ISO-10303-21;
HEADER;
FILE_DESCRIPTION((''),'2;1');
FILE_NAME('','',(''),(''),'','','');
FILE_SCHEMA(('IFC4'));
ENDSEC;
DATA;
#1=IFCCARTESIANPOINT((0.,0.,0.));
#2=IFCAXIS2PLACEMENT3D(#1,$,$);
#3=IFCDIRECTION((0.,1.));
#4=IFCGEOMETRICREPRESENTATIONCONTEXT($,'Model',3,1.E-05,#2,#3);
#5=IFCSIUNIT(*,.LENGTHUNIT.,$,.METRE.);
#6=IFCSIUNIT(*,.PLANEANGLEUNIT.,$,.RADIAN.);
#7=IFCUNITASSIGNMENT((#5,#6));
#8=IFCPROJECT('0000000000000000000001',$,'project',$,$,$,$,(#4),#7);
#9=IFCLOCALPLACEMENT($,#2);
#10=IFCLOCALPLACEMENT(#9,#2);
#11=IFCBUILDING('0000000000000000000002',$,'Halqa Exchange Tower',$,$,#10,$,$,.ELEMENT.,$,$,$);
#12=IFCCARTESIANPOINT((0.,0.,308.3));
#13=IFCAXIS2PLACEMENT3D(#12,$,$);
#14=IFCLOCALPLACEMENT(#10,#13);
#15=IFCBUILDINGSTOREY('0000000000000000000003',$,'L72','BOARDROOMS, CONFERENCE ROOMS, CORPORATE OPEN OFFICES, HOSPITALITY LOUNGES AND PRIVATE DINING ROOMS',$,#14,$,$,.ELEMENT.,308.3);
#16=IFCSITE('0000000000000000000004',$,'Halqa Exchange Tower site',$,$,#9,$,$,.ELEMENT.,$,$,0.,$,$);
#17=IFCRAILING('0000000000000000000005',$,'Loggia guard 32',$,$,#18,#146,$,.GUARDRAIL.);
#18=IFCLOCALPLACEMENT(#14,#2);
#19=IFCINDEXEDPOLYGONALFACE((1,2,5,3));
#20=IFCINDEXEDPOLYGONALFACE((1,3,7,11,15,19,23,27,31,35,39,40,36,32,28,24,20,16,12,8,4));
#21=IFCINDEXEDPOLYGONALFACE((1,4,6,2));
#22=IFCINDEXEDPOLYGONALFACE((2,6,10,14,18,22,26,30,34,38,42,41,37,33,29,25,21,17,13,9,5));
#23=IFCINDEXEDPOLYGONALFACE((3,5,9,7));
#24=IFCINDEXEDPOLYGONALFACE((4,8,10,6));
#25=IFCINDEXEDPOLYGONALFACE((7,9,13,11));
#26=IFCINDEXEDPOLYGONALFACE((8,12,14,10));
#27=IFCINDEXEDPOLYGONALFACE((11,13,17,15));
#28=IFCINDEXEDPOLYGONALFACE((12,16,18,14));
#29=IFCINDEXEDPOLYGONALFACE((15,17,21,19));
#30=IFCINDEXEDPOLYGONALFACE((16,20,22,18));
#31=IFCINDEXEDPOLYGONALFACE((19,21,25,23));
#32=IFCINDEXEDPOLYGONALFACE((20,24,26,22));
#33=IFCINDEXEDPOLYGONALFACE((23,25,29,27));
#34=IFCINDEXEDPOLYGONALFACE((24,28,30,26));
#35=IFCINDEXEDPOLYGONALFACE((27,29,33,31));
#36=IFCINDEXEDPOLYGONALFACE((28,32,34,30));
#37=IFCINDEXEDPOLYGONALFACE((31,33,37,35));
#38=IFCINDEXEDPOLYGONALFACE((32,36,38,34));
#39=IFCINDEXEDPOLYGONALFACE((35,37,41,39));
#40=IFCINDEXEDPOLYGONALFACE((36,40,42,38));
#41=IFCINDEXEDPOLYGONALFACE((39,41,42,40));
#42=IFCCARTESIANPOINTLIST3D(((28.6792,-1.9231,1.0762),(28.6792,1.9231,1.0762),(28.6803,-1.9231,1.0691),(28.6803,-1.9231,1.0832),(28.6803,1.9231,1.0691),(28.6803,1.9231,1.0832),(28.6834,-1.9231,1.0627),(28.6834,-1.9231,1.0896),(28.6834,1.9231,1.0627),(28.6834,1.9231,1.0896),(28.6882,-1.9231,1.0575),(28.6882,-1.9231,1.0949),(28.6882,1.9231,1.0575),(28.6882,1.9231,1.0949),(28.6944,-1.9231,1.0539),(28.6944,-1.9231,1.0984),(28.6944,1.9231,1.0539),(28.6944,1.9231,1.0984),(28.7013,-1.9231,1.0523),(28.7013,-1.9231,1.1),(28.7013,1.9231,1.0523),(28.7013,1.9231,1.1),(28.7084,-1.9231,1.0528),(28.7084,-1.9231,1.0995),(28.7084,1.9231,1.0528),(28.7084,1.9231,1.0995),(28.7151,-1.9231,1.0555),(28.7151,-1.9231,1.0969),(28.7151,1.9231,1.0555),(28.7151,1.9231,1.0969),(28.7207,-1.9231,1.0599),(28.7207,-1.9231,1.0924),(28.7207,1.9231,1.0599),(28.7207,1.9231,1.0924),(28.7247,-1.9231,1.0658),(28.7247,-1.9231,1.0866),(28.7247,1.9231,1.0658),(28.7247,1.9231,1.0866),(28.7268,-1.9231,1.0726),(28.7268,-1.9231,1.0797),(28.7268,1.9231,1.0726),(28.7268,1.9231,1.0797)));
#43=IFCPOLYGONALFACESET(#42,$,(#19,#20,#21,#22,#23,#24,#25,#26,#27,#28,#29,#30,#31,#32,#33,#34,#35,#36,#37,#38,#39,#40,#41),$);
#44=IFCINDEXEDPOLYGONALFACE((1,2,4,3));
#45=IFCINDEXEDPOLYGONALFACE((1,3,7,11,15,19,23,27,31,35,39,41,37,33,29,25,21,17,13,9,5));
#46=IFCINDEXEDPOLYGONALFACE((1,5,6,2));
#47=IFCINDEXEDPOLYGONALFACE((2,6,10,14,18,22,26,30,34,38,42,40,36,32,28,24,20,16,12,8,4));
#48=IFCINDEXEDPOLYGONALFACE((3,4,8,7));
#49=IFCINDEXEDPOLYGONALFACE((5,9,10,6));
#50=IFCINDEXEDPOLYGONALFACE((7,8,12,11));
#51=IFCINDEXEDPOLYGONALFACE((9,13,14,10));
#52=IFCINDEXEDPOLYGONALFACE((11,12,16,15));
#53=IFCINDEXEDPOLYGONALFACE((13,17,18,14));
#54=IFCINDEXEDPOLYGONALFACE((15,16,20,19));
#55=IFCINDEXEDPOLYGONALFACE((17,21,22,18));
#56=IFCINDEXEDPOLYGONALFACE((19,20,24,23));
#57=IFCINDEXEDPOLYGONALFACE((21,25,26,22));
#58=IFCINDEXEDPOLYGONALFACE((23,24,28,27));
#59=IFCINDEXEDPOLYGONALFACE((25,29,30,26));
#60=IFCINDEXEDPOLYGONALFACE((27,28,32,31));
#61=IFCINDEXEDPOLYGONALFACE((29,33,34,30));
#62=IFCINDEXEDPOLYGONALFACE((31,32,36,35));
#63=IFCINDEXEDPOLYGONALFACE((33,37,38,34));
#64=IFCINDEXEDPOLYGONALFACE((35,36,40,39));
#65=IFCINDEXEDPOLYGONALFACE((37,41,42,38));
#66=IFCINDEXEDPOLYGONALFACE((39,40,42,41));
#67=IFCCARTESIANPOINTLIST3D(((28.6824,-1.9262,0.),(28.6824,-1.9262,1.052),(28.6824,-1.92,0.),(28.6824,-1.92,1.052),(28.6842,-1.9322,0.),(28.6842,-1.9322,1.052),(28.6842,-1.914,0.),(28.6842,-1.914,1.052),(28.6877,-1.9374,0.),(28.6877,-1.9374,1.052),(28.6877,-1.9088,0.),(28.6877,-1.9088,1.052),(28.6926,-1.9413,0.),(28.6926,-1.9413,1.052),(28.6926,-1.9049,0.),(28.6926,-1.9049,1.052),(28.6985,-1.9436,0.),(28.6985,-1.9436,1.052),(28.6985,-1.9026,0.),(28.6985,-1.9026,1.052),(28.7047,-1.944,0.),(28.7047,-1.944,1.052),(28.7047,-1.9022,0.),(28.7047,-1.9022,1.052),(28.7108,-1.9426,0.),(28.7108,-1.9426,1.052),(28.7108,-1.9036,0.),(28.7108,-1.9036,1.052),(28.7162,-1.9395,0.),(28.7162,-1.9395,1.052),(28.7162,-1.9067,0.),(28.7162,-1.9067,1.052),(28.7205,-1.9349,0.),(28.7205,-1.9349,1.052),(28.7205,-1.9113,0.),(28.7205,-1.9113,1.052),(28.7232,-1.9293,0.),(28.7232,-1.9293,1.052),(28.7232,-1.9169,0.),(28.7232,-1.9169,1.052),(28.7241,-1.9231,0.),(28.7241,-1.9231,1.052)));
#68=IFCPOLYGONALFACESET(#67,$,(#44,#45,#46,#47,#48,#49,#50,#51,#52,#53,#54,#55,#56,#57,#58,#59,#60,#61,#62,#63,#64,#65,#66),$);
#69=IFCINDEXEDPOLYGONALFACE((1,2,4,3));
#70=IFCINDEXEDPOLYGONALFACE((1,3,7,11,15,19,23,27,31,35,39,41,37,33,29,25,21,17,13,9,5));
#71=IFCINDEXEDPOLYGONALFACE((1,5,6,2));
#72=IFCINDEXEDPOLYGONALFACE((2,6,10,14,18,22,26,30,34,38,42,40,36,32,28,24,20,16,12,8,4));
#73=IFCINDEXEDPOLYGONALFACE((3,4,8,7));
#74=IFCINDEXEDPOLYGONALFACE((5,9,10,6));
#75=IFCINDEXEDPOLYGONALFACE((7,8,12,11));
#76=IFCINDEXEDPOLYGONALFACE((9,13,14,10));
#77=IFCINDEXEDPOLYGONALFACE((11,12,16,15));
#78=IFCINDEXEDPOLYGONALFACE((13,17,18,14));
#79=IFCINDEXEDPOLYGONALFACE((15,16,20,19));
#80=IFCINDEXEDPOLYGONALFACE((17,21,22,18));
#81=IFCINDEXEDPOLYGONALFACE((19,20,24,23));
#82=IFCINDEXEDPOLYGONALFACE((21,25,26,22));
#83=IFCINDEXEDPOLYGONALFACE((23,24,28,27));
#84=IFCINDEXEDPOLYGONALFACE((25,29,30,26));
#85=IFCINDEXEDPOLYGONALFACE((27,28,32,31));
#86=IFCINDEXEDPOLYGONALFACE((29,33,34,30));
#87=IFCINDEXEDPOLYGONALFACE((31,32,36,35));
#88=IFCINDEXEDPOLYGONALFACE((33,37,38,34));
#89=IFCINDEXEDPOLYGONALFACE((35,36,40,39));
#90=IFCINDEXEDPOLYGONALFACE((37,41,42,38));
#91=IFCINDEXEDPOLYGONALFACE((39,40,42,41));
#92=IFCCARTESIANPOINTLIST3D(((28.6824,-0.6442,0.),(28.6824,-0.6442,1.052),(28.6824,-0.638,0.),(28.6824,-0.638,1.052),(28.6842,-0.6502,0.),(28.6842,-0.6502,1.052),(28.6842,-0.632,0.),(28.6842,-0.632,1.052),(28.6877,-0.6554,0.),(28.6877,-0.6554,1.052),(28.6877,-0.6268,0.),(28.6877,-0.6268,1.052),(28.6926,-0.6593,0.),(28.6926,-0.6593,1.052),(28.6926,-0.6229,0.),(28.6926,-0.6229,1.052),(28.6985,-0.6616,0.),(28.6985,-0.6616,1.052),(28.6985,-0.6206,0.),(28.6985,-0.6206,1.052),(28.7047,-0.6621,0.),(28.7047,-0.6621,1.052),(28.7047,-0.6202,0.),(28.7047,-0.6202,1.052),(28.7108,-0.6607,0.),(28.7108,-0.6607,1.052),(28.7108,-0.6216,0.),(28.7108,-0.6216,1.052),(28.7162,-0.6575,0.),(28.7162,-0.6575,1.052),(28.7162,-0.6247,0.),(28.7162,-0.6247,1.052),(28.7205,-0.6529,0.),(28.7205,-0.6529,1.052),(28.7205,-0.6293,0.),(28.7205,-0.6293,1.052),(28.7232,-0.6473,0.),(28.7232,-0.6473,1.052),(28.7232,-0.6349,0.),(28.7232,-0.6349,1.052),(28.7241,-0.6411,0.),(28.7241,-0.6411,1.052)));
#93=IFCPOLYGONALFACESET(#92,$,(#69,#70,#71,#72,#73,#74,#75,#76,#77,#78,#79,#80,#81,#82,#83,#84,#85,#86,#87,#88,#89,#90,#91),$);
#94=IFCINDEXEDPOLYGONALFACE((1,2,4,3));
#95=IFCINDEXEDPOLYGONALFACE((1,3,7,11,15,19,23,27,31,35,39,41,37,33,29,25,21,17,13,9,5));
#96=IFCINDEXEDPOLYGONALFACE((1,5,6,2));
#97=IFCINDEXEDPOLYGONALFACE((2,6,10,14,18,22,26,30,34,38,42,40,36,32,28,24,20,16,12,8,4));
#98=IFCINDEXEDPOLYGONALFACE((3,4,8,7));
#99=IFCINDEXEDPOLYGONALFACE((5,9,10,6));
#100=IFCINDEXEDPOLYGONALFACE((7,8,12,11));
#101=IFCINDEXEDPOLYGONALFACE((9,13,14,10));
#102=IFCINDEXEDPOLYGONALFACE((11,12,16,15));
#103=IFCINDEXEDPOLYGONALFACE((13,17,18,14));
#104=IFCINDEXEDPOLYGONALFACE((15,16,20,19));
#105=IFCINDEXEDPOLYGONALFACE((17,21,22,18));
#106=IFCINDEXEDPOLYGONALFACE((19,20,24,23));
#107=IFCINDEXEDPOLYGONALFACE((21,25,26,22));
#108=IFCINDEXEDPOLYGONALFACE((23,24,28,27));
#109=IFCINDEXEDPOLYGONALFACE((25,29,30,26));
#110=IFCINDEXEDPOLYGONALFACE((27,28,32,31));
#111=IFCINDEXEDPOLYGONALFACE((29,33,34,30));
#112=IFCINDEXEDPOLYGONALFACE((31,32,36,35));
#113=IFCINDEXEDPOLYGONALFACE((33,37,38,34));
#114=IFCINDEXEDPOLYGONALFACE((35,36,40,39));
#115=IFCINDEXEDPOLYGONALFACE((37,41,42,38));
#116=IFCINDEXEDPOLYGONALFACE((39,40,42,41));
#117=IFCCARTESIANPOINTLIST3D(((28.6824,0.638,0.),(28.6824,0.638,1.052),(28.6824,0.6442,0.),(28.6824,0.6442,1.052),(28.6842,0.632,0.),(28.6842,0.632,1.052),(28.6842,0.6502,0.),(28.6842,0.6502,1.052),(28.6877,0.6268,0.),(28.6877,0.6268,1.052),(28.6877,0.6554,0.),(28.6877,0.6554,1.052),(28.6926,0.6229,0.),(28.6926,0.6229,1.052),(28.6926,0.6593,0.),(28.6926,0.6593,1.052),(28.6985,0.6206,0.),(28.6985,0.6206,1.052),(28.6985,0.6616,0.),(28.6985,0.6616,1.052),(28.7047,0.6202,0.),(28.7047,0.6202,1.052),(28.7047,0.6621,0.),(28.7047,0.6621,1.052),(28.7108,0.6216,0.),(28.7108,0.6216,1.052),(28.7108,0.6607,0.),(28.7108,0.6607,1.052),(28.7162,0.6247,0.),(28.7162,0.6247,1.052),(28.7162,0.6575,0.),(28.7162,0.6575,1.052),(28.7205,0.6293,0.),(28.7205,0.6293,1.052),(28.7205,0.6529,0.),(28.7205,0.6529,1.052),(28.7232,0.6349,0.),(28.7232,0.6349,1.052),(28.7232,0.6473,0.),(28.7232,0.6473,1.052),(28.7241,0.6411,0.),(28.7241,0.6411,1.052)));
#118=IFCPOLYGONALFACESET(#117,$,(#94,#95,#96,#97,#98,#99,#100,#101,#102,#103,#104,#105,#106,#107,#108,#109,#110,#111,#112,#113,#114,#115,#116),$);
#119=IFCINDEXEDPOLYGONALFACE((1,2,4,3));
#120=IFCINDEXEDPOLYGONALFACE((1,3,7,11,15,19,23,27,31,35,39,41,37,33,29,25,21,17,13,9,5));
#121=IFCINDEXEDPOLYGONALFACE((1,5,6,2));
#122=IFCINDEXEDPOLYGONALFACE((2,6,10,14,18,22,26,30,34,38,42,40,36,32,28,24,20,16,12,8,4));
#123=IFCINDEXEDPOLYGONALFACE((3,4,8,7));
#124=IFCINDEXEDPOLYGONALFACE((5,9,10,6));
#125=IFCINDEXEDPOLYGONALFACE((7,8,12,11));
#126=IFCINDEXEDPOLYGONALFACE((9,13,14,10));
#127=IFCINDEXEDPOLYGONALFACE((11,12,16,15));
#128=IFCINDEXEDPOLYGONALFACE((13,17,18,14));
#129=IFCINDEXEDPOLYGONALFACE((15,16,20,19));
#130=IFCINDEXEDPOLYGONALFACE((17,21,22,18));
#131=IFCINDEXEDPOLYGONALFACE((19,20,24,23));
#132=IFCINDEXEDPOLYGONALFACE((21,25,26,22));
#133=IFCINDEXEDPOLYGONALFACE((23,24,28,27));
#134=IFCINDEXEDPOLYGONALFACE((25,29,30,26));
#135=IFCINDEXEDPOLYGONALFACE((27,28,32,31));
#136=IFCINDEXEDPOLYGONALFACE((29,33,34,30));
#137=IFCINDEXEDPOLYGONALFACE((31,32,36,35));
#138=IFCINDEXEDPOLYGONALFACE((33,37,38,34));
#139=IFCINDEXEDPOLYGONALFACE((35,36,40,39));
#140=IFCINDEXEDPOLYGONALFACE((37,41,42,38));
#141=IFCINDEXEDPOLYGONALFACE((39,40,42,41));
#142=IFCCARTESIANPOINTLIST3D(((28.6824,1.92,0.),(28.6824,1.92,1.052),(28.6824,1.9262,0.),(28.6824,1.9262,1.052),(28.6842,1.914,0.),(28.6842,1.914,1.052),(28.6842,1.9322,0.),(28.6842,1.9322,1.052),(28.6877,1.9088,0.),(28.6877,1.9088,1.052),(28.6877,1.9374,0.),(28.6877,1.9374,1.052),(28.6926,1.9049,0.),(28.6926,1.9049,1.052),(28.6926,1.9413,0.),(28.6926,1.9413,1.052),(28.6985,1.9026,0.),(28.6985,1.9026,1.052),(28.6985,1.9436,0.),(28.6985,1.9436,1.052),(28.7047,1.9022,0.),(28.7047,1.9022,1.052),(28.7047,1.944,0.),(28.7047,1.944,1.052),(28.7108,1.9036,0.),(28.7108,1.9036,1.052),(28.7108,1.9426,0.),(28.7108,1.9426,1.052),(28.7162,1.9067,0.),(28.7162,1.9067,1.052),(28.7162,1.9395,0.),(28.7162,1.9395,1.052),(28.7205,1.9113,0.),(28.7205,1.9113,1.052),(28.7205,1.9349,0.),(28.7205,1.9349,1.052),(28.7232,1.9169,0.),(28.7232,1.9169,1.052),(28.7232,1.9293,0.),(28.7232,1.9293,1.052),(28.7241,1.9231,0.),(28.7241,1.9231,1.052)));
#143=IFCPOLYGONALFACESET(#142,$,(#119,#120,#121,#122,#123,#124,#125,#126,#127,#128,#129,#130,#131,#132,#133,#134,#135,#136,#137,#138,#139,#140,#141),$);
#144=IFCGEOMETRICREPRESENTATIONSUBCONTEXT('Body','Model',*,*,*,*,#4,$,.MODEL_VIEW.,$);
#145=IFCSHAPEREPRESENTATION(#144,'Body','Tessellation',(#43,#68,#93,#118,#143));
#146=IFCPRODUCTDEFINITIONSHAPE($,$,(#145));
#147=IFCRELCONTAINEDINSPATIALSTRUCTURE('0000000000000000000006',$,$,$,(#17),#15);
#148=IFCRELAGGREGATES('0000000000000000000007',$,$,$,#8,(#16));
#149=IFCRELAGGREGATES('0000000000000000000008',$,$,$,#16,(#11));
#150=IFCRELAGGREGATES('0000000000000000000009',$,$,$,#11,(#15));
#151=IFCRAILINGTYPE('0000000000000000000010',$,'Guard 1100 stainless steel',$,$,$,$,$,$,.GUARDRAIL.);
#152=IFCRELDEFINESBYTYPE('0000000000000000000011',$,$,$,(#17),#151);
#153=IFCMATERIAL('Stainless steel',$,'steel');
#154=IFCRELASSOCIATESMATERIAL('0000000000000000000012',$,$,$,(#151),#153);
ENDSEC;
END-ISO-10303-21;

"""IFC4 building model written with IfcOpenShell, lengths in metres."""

from ifc_helpers import new_model, si_unit, direction, frame, origin, origin_2d, place, context, subcontext, project, spatial, circle, extrude, material, type_object, element, save


model = new_model("IFC4")

# Units and contexts
model_context = context("Model", 3, precision=1e-05, world=origin(), true_north=direction((0.0, 1.0)))
body_context = subcontext(model_context, "Body", "Model", "MODEL_VIEW")
ifc_project = project(units=[si_unit("LENGTHUNIT", "METRE"), si_unit("PLANEANGLEUNIT", "RADIAN")], contexts=[model_context])

# Site, building, storey
site_placement = place(None, origin())
site = spatial("IfcSite", under=ifc_project, at=site_placement, Name="Halqa Exchange Tower site", CompositionType="ELEMENT", RefElevation=0.0)
building_placement = place(site_placement, origin())
building = spatial("IfcBuilding", under=site, at=building_placement, Name="Halqa Exchange Tower", CompositionType="ELEMENT")
storey_placement = place(building_placement, frame((0.0, 0.0, 308.3)))
storey = spatial("IfcBuildingStorey", under=building, at=storey_placement, Name="L72", Description="BOARDROOMS, CONFERENCE ROOMS, CORPORATE OPEN OFFICES, HOSPITALITY LOUNGES AND PRIVATE DINING ROOMS", CompositionType="ELEMENT", Elevation=308.3)

# Railing
ifc_material_1 = material(Name="Stainless steel", Category="steel")
railing_type = type_object("IfcRailingType", Name="Guard 1100 stainless steel", PredefinedType="GUARDRAIL", material=ifc_material_1)
railing_1_placement = place(storey_placement, frame((28.7031, -1.9231, 0.0)))
element("IfcRailing", 1, at=railing_1_placement, inside=storey, type_object=railing_type, Name="Loggia guard 32", PredefinedType="GUARDRAIL", context=body_context, shape_type="SweptSolid", body=[
    extrude(circle(Radius=0.0239, at=origin_2d()), frame((0.0, 0.0, 1.0762), z_axis=(0.0, 1.0, 0.0), x_axis=(-1.0, 0.0, 0.0)), (0.0, 0.0, 1.0), 3.8462),
    extrude(circle(Radius=0.021, at=origin_2d()), origin(), (0.0, 0.0, 1.0), 1.052),
    extrude(circle(Radius=0.021, at=origin_2d()), frame((0.0, 1.282, 0.0)), (0.0, 0.0, 1.0), 1.052),
    extrude(circle(Radius=0.021, at=origin_2d()), frame((0.0, 2.5642, 0.0)), (0.0, 0.0, 1.0), 1.052),
    extrude(circle(Radius=0.021, at=origin_2d()), frame((0.0, 3.8462, 0.0)), (0.0, 0.0, 1.0), 1.052),
])

save(model, "model.ifc")
